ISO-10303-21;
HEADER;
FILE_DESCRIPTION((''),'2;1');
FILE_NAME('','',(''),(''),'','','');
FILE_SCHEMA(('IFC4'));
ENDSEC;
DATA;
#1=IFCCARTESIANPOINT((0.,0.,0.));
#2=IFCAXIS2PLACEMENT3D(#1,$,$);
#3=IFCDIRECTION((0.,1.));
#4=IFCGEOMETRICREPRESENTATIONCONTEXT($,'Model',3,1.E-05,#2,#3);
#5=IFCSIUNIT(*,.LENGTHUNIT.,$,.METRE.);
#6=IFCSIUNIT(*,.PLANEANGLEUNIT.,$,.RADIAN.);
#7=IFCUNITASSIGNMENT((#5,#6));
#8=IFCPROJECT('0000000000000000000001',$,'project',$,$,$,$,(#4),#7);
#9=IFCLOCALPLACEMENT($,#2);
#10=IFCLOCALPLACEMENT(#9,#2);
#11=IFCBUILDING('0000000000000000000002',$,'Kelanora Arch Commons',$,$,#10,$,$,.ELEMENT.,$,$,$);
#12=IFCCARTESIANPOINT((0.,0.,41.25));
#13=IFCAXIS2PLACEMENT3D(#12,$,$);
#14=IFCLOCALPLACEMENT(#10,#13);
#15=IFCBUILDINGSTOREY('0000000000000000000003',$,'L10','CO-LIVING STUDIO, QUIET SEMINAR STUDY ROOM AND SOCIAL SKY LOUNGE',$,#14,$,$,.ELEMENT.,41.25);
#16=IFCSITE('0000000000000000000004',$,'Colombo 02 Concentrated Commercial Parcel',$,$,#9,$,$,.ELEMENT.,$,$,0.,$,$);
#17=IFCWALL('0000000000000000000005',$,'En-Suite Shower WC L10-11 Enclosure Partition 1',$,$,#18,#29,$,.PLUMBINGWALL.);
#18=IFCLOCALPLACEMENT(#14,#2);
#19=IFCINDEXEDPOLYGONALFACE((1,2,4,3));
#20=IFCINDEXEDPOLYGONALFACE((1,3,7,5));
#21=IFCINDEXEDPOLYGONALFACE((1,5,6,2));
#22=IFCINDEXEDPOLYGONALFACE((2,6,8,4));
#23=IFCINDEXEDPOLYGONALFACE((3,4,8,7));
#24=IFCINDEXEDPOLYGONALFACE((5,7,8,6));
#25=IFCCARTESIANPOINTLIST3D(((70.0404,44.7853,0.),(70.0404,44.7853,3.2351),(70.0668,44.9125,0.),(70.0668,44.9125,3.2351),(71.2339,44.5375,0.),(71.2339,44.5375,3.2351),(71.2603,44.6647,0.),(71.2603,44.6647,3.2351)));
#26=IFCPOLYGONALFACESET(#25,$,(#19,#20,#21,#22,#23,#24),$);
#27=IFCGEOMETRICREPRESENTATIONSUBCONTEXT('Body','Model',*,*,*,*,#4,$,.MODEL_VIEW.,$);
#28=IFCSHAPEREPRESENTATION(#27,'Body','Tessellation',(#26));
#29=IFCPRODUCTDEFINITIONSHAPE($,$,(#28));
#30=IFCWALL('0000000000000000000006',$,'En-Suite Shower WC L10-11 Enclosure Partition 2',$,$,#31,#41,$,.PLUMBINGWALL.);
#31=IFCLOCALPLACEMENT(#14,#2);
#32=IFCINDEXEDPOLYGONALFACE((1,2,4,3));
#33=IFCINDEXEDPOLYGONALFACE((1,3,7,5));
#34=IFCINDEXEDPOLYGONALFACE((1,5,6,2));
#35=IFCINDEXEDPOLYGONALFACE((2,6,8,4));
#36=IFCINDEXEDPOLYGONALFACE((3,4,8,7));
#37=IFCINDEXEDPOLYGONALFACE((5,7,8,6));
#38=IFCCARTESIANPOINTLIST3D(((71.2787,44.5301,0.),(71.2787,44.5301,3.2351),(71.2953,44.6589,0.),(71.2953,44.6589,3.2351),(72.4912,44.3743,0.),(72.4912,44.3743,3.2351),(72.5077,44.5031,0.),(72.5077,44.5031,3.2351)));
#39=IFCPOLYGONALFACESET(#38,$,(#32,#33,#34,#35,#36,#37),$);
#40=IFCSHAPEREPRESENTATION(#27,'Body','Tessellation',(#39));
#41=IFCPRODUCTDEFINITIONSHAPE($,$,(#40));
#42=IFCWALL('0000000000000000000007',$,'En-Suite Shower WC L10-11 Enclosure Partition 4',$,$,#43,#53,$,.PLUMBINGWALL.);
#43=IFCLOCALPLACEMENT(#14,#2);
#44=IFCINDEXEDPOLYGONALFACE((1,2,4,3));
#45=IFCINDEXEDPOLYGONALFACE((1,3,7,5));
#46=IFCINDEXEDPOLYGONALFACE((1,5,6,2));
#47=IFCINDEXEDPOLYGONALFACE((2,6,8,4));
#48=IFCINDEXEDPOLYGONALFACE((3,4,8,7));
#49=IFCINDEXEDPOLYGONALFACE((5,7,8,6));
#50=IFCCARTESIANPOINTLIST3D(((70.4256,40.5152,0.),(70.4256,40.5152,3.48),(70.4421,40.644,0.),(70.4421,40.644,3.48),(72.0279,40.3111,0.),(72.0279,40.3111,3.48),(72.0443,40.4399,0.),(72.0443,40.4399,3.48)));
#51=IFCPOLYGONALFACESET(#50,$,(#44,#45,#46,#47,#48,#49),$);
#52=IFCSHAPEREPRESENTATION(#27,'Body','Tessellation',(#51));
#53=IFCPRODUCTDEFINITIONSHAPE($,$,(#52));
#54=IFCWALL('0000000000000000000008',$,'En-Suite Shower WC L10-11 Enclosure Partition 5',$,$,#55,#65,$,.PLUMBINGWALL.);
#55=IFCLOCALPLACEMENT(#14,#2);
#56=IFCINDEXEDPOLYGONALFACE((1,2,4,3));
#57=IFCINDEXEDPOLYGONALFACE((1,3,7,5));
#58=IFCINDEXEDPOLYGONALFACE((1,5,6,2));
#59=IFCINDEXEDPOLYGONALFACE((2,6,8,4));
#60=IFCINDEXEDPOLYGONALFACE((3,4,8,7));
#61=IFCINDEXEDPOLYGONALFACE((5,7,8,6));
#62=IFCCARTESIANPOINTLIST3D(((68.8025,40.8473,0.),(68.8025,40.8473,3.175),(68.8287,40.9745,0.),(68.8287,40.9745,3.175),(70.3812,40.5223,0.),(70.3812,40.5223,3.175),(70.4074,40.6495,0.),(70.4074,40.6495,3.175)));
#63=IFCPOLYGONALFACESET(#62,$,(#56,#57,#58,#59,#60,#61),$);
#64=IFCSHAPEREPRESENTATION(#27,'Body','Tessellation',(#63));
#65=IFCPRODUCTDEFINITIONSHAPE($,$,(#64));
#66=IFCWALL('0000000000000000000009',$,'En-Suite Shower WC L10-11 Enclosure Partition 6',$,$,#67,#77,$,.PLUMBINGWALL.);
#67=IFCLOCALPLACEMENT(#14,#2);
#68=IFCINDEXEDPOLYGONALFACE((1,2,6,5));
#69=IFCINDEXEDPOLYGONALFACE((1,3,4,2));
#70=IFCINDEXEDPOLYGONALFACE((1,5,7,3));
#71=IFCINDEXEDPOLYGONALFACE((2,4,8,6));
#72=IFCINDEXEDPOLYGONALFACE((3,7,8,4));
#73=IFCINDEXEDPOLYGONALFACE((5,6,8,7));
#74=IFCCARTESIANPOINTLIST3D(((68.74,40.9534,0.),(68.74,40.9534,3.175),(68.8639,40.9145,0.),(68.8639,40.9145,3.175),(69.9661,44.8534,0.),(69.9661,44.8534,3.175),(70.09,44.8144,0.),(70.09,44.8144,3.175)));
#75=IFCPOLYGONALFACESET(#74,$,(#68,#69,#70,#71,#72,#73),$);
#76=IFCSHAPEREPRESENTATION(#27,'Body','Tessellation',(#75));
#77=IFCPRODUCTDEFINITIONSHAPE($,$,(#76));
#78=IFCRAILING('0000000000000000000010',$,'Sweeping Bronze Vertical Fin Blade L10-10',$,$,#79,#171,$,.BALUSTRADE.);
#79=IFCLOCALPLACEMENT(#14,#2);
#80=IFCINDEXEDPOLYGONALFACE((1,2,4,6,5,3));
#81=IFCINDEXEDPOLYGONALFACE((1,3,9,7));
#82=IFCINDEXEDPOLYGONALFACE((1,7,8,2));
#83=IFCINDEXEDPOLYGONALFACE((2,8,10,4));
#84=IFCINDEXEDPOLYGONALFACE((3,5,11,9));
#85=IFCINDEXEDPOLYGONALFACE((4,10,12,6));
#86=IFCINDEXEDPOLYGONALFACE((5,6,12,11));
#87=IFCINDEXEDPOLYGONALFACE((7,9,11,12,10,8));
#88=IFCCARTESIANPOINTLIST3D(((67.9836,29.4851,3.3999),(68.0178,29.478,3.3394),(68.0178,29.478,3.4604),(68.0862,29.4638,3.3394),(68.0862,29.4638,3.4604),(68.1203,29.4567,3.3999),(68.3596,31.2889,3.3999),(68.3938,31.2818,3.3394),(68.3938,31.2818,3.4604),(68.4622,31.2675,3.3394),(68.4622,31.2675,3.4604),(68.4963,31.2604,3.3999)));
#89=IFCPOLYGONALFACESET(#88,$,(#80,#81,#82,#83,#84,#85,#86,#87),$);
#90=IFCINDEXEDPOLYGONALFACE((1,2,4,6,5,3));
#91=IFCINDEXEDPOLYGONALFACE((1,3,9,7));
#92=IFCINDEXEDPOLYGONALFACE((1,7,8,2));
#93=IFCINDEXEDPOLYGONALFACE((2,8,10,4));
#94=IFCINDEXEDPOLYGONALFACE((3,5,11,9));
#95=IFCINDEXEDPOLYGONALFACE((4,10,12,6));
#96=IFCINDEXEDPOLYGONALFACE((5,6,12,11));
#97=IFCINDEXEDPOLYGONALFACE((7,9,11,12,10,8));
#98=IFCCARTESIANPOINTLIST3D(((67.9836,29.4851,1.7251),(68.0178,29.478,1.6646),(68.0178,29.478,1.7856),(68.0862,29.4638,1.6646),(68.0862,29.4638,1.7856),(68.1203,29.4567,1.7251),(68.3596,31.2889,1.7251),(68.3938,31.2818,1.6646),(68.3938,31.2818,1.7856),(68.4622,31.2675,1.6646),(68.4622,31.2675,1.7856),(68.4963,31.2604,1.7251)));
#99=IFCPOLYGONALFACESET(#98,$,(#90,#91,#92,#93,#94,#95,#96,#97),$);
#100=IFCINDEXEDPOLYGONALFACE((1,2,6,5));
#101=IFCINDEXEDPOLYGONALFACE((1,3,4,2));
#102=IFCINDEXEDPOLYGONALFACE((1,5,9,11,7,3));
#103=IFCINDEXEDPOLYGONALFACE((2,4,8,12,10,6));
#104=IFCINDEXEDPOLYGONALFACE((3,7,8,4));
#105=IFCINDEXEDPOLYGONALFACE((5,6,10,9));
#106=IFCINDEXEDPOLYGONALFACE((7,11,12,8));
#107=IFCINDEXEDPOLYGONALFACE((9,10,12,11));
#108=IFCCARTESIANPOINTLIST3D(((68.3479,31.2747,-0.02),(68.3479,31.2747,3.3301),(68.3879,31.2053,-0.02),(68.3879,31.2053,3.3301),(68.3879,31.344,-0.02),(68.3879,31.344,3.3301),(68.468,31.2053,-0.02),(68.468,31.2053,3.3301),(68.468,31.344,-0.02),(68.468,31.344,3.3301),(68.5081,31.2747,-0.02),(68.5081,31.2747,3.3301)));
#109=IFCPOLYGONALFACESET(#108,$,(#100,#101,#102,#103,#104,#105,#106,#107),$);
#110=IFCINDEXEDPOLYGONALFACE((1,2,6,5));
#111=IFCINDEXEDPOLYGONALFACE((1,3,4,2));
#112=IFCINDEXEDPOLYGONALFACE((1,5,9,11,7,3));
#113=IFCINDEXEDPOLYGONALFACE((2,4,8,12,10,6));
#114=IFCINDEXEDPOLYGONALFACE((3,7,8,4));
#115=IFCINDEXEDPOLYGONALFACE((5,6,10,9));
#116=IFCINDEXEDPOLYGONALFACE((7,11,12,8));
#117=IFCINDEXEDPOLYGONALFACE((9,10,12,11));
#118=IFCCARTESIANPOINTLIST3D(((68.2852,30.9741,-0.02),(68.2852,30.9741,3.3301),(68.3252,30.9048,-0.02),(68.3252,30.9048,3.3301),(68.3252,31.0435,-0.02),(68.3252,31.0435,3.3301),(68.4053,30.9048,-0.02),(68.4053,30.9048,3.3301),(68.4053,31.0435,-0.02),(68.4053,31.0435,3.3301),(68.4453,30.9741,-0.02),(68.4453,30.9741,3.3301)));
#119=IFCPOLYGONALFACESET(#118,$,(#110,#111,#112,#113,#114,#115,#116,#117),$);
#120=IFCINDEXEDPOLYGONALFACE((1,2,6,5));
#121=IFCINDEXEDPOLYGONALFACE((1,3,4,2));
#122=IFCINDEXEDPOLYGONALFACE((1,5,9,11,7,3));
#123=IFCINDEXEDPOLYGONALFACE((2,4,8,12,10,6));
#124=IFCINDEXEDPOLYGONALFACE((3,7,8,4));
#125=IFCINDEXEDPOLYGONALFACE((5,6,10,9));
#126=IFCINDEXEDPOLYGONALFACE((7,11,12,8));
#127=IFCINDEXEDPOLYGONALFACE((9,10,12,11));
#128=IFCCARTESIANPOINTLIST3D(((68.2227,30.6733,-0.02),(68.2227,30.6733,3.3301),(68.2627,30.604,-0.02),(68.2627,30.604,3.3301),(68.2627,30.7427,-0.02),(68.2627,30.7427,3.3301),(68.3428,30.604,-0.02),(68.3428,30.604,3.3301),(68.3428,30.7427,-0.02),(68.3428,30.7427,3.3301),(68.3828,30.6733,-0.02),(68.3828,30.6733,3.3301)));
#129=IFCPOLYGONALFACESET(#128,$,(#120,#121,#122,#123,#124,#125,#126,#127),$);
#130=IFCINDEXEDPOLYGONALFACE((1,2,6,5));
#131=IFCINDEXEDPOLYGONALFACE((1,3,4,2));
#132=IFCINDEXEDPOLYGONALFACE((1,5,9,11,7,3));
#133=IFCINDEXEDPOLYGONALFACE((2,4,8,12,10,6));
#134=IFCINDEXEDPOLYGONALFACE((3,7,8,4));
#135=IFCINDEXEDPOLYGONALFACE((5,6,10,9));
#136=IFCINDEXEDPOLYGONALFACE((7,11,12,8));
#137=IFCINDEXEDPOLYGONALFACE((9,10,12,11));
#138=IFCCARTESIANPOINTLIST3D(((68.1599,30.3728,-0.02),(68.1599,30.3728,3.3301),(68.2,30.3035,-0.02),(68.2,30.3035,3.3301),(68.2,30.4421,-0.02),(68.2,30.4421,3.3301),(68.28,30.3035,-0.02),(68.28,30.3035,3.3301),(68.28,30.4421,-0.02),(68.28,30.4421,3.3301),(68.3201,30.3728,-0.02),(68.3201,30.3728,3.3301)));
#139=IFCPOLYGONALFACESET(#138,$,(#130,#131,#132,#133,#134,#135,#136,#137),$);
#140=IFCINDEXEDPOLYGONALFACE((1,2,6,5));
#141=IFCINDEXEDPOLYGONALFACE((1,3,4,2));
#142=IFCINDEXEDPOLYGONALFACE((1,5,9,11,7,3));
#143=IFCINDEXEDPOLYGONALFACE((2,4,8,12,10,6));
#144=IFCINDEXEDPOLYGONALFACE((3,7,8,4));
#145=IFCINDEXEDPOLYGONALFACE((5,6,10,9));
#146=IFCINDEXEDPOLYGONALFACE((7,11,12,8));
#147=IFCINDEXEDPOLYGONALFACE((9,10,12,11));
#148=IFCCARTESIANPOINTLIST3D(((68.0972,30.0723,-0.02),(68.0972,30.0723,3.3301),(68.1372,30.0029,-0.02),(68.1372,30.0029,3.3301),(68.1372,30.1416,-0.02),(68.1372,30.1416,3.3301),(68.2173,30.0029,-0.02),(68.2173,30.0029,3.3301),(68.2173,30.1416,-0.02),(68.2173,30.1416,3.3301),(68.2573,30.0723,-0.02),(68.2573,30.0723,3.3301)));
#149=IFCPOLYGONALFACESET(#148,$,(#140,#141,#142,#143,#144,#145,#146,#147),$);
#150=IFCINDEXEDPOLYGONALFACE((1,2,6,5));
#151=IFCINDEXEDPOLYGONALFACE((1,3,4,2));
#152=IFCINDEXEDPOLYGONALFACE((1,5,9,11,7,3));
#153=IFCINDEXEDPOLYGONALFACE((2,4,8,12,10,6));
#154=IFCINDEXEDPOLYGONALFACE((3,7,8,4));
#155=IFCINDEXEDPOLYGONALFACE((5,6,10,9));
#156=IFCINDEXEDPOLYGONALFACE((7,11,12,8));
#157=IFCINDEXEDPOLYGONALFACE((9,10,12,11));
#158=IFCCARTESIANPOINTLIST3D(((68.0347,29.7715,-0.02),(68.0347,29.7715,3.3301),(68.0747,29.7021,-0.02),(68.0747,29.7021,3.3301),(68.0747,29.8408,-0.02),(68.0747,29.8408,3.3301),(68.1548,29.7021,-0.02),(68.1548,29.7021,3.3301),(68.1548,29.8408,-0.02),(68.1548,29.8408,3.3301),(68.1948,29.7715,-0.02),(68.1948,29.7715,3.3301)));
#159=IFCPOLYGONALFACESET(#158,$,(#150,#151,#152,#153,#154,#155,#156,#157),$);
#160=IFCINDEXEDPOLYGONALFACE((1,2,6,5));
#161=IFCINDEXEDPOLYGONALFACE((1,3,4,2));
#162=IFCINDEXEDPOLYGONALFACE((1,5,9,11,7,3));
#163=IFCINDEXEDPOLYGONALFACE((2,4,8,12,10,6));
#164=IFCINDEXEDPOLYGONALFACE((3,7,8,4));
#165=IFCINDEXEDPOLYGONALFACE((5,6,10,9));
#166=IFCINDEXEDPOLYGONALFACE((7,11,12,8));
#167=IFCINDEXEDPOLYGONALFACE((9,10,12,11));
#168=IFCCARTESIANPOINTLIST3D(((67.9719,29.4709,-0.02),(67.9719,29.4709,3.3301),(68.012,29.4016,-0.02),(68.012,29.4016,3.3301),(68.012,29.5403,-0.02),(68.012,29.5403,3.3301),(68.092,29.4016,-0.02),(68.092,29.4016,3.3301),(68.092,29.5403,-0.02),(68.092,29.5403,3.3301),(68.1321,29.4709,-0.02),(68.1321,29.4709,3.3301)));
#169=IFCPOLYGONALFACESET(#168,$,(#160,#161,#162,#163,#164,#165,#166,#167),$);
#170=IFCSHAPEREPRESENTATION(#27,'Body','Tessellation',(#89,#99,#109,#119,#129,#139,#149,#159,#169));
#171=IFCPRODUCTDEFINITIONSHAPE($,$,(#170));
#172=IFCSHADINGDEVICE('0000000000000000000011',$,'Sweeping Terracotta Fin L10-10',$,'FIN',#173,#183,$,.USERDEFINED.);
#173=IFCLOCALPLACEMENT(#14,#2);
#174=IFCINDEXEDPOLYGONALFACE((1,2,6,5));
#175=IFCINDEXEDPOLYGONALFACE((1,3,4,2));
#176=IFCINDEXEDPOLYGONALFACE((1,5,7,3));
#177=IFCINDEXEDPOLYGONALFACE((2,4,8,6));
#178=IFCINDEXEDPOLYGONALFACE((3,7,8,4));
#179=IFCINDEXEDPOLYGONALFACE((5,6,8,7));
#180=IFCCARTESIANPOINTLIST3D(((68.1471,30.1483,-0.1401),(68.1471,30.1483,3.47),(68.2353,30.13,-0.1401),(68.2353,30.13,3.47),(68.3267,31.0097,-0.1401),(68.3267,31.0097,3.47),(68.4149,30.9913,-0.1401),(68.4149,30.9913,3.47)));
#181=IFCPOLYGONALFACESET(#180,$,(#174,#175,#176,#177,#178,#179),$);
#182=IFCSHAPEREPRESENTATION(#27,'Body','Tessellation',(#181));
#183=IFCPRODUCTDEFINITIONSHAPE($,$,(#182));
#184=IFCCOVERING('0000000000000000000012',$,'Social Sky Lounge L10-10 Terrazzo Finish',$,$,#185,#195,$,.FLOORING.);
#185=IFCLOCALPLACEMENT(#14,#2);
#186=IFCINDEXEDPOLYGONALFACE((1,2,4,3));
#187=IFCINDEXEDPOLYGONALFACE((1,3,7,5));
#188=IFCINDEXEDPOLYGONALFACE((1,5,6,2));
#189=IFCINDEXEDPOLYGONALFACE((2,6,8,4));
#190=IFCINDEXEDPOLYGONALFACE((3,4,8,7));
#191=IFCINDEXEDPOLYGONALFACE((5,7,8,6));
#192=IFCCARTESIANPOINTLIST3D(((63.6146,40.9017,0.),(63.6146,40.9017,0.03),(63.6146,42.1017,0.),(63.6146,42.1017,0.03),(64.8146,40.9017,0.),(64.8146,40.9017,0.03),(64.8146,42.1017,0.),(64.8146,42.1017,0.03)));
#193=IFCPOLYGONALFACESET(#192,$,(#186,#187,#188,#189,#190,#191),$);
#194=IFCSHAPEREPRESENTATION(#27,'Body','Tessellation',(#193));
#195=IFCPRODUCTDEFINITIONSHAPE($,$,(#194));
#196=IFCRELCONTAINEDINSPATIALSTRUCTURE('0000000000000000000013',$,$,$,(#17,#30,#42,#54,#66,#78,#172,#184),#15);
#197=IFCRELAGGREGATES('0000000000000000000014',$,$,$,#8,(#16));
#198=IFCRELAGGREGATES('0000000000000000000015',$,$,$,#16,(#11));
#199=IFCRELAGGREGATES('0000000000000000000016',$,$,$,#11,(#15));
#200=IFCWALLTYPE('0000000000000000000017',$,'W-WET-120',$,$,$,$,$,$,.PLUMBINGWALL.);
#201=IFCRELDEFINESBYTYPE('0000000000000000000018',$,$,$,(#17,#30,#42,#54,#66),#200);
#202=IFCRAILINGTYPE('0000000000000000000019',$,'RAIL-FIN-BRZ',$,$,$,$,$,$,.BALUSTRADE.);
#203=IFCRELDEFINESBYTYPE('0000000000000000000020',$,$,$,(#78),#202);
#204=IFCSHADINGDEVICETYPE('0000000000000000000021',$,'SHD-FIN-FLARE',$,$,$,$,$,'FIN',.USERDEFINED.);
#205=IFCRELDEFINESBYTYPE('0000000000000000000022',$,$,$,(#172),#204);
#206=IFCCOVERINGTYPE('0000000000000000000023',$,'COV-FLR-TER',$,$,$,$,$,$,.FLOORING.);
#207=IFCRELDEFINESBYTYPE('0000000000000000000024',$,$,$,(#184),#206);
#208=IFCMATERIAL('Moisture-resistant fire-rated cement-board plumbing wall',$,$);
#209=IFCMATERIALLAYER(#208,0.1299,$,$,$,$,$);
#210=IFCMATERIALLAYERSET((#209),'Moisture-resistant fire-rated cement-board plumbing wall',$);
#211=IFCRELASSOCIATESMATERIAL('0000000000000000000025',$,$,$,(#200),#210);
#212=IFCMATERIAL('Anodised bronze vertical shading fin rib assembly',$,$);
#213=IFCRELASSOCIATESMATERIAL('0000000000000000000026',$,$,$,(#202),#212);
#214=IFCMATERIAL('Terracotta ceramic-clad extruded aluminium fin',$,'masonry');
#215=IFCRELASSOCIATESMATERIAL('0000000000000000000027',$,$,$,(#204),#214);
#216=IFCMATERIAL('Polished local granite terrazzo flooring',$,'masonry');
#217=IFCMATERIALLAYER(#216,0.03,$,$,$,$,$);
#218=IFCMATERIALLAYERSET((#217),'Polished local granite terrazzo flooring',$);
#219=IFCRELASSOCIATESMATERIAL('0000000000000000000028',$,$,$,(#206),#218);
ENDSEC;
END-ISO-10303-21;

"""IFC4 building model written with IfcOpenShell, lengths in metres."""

from ifc_helpers import new_model, si_unit, direction, frame, frame_2d, origin, origin_2d, place, context, subcontext, project, spatial, polyline, rectangle, outline, extrude, source, transform, mapped, material, layer, layer_set, type_object, element, save


model = new_model("IFC4")

# Units and contexts
model_context = context("Model", 3, precision=1e-05, world=origin(), true_north=direction((0.0, 1.0)))
body_context = subcontext(model_context, "Body", "Model", "MODEL_VIEW")
ifc_project = project(units=[si_unit("LENGTHUNIT", "METRE"), si_unit("PLANEANGLEUNIT", "RADIAN")], contexts=[model_context])

# Site, building, storey
site_placement = place(None, origin())
site = spatial("IfcSite", under=ifc_project, at=site_placement, Name="Colombo 02 Concentrated Commercial Parcel", CompositionType="ELEMENT", RefElevation=0.0)
building_placement = place(site_placement, origin())
building = spatial("IfcBuilding", under=site, at=building_placement, Name="Kelanora Arch Commons", CompositionType="ELEMENT")
storey_placement = place(building_placement, frame((0.0, 0.0, 41.25)))
storey = spatial("IfcBuildingStorey", under=building, at=storey_placement, Name="L10", Description="CO-LIVING STUDIO, QUIET SEMINAR STUDY ROOM AND SOCIAL SKY LOUNGE", CompositionType="ELEMENT", Elevation=41.25)

# Shared definitions
ifc_material_1 = material(Name="Moisture-resistant fire-rated cement-board plumbing wall")
ifc_layer_1 = layer(ifc_material_1, 0.1299)
ifc_layer_set_1 = layer_set([ifc_layer_1], Name="Moisture-resistant fire-rated cement-board plumbing wall")
wall_type_1 = type_object("IfcWallType", Name="W-WET-120", PredefinedType="PLUMBINGWALL", material=ifc_layer_set_1)

# Walls
wall_1_placement = place(storey_placement, frame((70.0537, 44.8489, 0.0), z_axis=(0.0, 0.0, 1.0), x_axis=(0.979122, -0.203274, 0.0)))
element("IfcWall", 1, at=wall_1_placement, inside=storey, type_object=wall_type_1, Name="En-Suite Shower WC L10-11 Enclosure Partition 1", PredefinedType="PLUMBINGWALL", context=body_context, shape_type="SweptSolid", body=[
    extrude(rectangle(XDim=1.219, YDim=0.1299, at=frame_2d((0.6094, 0.0))), origin(), (0.0, 0.0, 1.0), 3.2351),
])
wall_2_placement = place(storey_placement, frame((71.2869, 44.5945, 0.0), z_axis=(0.0, 0.0, 1.0), x_axis=(0.991848, -0.127426, 0.0)))
element("IfcWall", 2, at=wall_2_placement, inside=storey, type_object=wall_type_1, Name="En-Suite Shower WC L10-11 Enclosure Partition 2", PredefinedType="PLUMBINGWALL", context=body_context, shape_type="SweptSolid", body=[
    extrude(rectangle(XDim=1.2224, YDim=0.1299, at=frame_2d((0.6113, 0.0))), origin(), (0.0, 0.0, 1.0), 3.2351),
])
wall_3_placement = place(storey_placement, frame((72.0361, 40.3755, 0.0), z_axis=(0.0, 0.0, 1.0), x_axis=(-0.991984, 0.12636, 0.0)))
element("IfcWall", 3, at=wall_3_placement, inside=storey, type_object=wall_type_1, Name="En-Suite Shower WC L10-11 Enclosure Partition 4", PredefinedType="PLUMBINGWALL", context=body_context, shape_type="SweptSolid", body=[
    extrude(rectangle(XDim=1.6152, YDim=0.1299, at=frame_2d((0.8076, 0.0))), origin(), (0.0, 0.0, 1.0), 3.48),
])
wall_4_placement = place(storey_placement, frame((70.3943, 40.5859, 0.0), z_axis=(0.0, 0.0, 1.0), x_axis=(-0.979464, 0.201619, 0.0)))
element("IfcWall", 4, at=wall_4_placement, inside=storey, type_object=wall_type_1, Name="En-Suite Shower WC L10-11 Enclosure Partition 5", PredefinedType="PLUMBINGWALL", context=body_context, shape_type="SweptSolid", body=[
    extrude(rectangle(XDim=1.6118, YDim=0.1299, at=frame_2d((0.8059, 0.0))), origin(), (0.0, 0.0, 1.0), 3.175),
])
wall_5_placement = place(storey_placement, frame((68.802, 40.9341, 0.0), z_axis=(0.0, 0.0, 1.0), x_axis=(0.299914, 0.953966, 0.0)))
element("IfcWall", 5, at=wall_5_placement, inside=storey, type_object=wall_type_1, Name="En-Suite Shower WC L10-11 Enclosure Partition 6", PredefinedType="PLUMBINGWALL", context=body_context, shape_type="SweptSolid", body=[
    extrude(rectangle(XDim=4.0881, YDim=0.1299, at=frame_2d((2.0439, 0.0))), origin(), (0.0, 0.0, 1.0), 3.175),
])

# Railing
ifc_material_2 = material(Name="Anodised bronze vertical shading fin rib assembly")
railing_type = type_object("IfcRailingType", Name="RAIL-FIN-BRZ", PredefinedType="BALUSTRADE", material=ifc_material_2)
railing_placement = place(storey_placement, frame((68.428, 31.2747, -0.02)))
element("IfcRailing", 6, at=railing_placement, inside=storey, type_object=railing_type, Name="Sweeping Bronze Vertical Fin Blade L10-10", PredefinedType="BALUSTRADE", context=body_context, shape_type="SweptSolid", body=[
    extrude(outline(polyline([(0.0698, 0.0), (0.0349, 0.0605), (-0.0349, 0.0605), (-0.0698, 0.0), (-0.0349, -0.0605), (0.0349, -0.0605), (0.0698, 0.0)])), frame((0.0, 0.0, 3.4199), z_axis=(-0.20406, -0.978958, 0.0), x_axis=(0.978958, -0.20406, 0.0)), (0.0, 0.0, 1.0), 1.8425),
    extrude(outline(polyline([(0.0698, 0.0), (0.0349, 0.0605), (-0.0349, 0.0605), (-0.0698, 0.0), (-0.0349, -0.0605), (0.0349, -0.0605), (0.0698, 0.0)])), frame((0.0, 0.0, 1.7451), z_axis=(-0.20406, -0.978958, 0.0), x_axis=(0.978958, -0.20406, 0.0)), (0.0, 0.0, 1.0), 1.8425),
    extrude(outline(polyline([(0.0801, 0.0), (0.04, 0.0693), (-0.04, 0.0693), (-0.0801, 0.0), (-0.04, -0.0693), (0.04, -0.0693), (0.0801, 0.0)])), origin(), (0.0, 0.0, 1.0), 3.3501),
    extrude(outline(polyline([(0.0801, 0.0), (0.04, 0.0693), (-0.04, 0.0693), (-0.0801, 0.0), (-0.04, -0.0693), (0.04, -0.0693), (0.0801, 0.0)])), frame((-0.0627, -0.3005, 0.0)), (0.0, 0.0, 1.0), 3.3501),
    extrude(outline(polyline([(0.0801, 0.0), (0.04, 0.0693), (-0.04, 0.0693), (-0.0801, 0.0), (-0.04, -0.0693), (0.04, -0.0693), (0.0801, 0.0)])), frame((-0.1252, -0.6013, 0.0)), (0.0, 0.0, 1.0), 3.3501),
    extrude(outline(polyline([(0.0801, 0.0), (0.04, 0.0693), (-0.04, 0.0693), (-0.0801, 0.0), (-0.04, -0.0693), (0.04, -0.0693), (0.0801, 0.0)])), frame((-0.188, -0.9019, 0.0)), (0.0, 0.0, 1.0), 3.3501),
    extrude(outline(polyline([(0.0801, 0.0), (0.04, 0.0693), (-0.04, 0.0693), (-0.0801, 0.0), (-0.04, -0.0693), (0.04, -0.0693), (0.0801, 0.0)])), frame((-0.2507, -1.2024, 0.0)), (0.0, 0.0, 1.0), 3.3501),
    extrude(outline(polyline([(0.0801, 0.0), (0.04, 0.0693), (-0.04, 0.0693), (-0.0801, 0.0), (-0.04, -0.0693), (0.04, -0.0693), (0.0801, 0.0)])), frame((-0.3132, -1.5032, 0.0)), (0.0, 0.0, 1.0), 3.3501),
    extrude(outline(polyline([(0.0801, 0.0), (0.04, 0.0693), (-0.04, 0.0693), (-0.0801, 0.0), (-0.04, -0.0693), (0.04, -0.0693), (0.0801, 0.0)])), frame((-0.376, -1.8037, 0.0)), (0.0, 0.0, 1.0), 3.3501),
])

# Shading device
ifc_material_3 = material(Name="Terracotta ceramic-clad extruded aluminium fin", Category="masonry")
shading_device_type = type_object("IfcShadingDeviceType", Name="SHD-FIN-FLARE", ElementType="FIN", PredefinedType="USERDEFINED", material=ifc_material_3)
shared_shape_1 = source(origin(), body_context, "Body", "SweptSolid", [
    extrude(rectangle(XDim=0.8799, YDim=0.0901, at=origin_2d()), origin(), (0.0, 0.0, 1.0), 3.6101),
])
shading_device_placement = place(storey_placement, frame((68.281, 30.5698, -0.1401), z_axis=(0.0, 0.0, 1.0), x_axis=(-0.204154, -0.978939, 0.0)))
element("IfcShadingDevice", 7, at=shading_device_placement, inside=storey, type_object=shading_device_type, Name="Sweeping Terracotta Fin L10-10", ObjectType="FIN", PredefinedType="USERDEFINED", context=body_context, shape_type="MappedRepresentation", body=[
    mapped(shared_shape_1, transform((0.0, 0.0, 0.0), scale=1.0)),
])

# Covering
ifc_material_4 = material(Name="Polished local granite terrazzo flooring", Category="masonry")
ifc_layer_2 = layer(ifc_material_4, 0.03)
ifc_layer_set_2 = layer_set([ifc_layer_2], Name="Polished local granite terrazzo flooring")
covering_type = type_object("IfcCoveringType", Name="COV-FLR-TER", PredefinedType="FLOORING", material=ifc_layer_set_2)
shared_shape_2 = source(origin(), body_context, "Body", "SweptSolid", [
    extrude(rectangle(XDim=1.2, YDim=1.2, at=origin_2d()), origin(), (0.0, 0.0, 1.0), 0.03),
])
for number, where, z_axis, x_axis, name in (
    (8, (64.2146, 41.5017, 0.0), (0.0, 0.0, 1.0), (1.0, 0.0, 0.0), "Social Sky Lounge L10-10 Terrazzo Finish"),
):
    element("IfcCovering", number, at=place(storey_placement, frame(where, z_axis=z_axis, x_axis=x_axis)), inside=storey, type_object=covering_type, Name=name, PredefinedType="FLOORING", context=body_context, shape_type="MappedRepresentation", body=[
        mapped(shared_shape_2, transform((0.0, 0.0, 0.0), scale=1.0)),
    ])

save(model, "model.ifc")
